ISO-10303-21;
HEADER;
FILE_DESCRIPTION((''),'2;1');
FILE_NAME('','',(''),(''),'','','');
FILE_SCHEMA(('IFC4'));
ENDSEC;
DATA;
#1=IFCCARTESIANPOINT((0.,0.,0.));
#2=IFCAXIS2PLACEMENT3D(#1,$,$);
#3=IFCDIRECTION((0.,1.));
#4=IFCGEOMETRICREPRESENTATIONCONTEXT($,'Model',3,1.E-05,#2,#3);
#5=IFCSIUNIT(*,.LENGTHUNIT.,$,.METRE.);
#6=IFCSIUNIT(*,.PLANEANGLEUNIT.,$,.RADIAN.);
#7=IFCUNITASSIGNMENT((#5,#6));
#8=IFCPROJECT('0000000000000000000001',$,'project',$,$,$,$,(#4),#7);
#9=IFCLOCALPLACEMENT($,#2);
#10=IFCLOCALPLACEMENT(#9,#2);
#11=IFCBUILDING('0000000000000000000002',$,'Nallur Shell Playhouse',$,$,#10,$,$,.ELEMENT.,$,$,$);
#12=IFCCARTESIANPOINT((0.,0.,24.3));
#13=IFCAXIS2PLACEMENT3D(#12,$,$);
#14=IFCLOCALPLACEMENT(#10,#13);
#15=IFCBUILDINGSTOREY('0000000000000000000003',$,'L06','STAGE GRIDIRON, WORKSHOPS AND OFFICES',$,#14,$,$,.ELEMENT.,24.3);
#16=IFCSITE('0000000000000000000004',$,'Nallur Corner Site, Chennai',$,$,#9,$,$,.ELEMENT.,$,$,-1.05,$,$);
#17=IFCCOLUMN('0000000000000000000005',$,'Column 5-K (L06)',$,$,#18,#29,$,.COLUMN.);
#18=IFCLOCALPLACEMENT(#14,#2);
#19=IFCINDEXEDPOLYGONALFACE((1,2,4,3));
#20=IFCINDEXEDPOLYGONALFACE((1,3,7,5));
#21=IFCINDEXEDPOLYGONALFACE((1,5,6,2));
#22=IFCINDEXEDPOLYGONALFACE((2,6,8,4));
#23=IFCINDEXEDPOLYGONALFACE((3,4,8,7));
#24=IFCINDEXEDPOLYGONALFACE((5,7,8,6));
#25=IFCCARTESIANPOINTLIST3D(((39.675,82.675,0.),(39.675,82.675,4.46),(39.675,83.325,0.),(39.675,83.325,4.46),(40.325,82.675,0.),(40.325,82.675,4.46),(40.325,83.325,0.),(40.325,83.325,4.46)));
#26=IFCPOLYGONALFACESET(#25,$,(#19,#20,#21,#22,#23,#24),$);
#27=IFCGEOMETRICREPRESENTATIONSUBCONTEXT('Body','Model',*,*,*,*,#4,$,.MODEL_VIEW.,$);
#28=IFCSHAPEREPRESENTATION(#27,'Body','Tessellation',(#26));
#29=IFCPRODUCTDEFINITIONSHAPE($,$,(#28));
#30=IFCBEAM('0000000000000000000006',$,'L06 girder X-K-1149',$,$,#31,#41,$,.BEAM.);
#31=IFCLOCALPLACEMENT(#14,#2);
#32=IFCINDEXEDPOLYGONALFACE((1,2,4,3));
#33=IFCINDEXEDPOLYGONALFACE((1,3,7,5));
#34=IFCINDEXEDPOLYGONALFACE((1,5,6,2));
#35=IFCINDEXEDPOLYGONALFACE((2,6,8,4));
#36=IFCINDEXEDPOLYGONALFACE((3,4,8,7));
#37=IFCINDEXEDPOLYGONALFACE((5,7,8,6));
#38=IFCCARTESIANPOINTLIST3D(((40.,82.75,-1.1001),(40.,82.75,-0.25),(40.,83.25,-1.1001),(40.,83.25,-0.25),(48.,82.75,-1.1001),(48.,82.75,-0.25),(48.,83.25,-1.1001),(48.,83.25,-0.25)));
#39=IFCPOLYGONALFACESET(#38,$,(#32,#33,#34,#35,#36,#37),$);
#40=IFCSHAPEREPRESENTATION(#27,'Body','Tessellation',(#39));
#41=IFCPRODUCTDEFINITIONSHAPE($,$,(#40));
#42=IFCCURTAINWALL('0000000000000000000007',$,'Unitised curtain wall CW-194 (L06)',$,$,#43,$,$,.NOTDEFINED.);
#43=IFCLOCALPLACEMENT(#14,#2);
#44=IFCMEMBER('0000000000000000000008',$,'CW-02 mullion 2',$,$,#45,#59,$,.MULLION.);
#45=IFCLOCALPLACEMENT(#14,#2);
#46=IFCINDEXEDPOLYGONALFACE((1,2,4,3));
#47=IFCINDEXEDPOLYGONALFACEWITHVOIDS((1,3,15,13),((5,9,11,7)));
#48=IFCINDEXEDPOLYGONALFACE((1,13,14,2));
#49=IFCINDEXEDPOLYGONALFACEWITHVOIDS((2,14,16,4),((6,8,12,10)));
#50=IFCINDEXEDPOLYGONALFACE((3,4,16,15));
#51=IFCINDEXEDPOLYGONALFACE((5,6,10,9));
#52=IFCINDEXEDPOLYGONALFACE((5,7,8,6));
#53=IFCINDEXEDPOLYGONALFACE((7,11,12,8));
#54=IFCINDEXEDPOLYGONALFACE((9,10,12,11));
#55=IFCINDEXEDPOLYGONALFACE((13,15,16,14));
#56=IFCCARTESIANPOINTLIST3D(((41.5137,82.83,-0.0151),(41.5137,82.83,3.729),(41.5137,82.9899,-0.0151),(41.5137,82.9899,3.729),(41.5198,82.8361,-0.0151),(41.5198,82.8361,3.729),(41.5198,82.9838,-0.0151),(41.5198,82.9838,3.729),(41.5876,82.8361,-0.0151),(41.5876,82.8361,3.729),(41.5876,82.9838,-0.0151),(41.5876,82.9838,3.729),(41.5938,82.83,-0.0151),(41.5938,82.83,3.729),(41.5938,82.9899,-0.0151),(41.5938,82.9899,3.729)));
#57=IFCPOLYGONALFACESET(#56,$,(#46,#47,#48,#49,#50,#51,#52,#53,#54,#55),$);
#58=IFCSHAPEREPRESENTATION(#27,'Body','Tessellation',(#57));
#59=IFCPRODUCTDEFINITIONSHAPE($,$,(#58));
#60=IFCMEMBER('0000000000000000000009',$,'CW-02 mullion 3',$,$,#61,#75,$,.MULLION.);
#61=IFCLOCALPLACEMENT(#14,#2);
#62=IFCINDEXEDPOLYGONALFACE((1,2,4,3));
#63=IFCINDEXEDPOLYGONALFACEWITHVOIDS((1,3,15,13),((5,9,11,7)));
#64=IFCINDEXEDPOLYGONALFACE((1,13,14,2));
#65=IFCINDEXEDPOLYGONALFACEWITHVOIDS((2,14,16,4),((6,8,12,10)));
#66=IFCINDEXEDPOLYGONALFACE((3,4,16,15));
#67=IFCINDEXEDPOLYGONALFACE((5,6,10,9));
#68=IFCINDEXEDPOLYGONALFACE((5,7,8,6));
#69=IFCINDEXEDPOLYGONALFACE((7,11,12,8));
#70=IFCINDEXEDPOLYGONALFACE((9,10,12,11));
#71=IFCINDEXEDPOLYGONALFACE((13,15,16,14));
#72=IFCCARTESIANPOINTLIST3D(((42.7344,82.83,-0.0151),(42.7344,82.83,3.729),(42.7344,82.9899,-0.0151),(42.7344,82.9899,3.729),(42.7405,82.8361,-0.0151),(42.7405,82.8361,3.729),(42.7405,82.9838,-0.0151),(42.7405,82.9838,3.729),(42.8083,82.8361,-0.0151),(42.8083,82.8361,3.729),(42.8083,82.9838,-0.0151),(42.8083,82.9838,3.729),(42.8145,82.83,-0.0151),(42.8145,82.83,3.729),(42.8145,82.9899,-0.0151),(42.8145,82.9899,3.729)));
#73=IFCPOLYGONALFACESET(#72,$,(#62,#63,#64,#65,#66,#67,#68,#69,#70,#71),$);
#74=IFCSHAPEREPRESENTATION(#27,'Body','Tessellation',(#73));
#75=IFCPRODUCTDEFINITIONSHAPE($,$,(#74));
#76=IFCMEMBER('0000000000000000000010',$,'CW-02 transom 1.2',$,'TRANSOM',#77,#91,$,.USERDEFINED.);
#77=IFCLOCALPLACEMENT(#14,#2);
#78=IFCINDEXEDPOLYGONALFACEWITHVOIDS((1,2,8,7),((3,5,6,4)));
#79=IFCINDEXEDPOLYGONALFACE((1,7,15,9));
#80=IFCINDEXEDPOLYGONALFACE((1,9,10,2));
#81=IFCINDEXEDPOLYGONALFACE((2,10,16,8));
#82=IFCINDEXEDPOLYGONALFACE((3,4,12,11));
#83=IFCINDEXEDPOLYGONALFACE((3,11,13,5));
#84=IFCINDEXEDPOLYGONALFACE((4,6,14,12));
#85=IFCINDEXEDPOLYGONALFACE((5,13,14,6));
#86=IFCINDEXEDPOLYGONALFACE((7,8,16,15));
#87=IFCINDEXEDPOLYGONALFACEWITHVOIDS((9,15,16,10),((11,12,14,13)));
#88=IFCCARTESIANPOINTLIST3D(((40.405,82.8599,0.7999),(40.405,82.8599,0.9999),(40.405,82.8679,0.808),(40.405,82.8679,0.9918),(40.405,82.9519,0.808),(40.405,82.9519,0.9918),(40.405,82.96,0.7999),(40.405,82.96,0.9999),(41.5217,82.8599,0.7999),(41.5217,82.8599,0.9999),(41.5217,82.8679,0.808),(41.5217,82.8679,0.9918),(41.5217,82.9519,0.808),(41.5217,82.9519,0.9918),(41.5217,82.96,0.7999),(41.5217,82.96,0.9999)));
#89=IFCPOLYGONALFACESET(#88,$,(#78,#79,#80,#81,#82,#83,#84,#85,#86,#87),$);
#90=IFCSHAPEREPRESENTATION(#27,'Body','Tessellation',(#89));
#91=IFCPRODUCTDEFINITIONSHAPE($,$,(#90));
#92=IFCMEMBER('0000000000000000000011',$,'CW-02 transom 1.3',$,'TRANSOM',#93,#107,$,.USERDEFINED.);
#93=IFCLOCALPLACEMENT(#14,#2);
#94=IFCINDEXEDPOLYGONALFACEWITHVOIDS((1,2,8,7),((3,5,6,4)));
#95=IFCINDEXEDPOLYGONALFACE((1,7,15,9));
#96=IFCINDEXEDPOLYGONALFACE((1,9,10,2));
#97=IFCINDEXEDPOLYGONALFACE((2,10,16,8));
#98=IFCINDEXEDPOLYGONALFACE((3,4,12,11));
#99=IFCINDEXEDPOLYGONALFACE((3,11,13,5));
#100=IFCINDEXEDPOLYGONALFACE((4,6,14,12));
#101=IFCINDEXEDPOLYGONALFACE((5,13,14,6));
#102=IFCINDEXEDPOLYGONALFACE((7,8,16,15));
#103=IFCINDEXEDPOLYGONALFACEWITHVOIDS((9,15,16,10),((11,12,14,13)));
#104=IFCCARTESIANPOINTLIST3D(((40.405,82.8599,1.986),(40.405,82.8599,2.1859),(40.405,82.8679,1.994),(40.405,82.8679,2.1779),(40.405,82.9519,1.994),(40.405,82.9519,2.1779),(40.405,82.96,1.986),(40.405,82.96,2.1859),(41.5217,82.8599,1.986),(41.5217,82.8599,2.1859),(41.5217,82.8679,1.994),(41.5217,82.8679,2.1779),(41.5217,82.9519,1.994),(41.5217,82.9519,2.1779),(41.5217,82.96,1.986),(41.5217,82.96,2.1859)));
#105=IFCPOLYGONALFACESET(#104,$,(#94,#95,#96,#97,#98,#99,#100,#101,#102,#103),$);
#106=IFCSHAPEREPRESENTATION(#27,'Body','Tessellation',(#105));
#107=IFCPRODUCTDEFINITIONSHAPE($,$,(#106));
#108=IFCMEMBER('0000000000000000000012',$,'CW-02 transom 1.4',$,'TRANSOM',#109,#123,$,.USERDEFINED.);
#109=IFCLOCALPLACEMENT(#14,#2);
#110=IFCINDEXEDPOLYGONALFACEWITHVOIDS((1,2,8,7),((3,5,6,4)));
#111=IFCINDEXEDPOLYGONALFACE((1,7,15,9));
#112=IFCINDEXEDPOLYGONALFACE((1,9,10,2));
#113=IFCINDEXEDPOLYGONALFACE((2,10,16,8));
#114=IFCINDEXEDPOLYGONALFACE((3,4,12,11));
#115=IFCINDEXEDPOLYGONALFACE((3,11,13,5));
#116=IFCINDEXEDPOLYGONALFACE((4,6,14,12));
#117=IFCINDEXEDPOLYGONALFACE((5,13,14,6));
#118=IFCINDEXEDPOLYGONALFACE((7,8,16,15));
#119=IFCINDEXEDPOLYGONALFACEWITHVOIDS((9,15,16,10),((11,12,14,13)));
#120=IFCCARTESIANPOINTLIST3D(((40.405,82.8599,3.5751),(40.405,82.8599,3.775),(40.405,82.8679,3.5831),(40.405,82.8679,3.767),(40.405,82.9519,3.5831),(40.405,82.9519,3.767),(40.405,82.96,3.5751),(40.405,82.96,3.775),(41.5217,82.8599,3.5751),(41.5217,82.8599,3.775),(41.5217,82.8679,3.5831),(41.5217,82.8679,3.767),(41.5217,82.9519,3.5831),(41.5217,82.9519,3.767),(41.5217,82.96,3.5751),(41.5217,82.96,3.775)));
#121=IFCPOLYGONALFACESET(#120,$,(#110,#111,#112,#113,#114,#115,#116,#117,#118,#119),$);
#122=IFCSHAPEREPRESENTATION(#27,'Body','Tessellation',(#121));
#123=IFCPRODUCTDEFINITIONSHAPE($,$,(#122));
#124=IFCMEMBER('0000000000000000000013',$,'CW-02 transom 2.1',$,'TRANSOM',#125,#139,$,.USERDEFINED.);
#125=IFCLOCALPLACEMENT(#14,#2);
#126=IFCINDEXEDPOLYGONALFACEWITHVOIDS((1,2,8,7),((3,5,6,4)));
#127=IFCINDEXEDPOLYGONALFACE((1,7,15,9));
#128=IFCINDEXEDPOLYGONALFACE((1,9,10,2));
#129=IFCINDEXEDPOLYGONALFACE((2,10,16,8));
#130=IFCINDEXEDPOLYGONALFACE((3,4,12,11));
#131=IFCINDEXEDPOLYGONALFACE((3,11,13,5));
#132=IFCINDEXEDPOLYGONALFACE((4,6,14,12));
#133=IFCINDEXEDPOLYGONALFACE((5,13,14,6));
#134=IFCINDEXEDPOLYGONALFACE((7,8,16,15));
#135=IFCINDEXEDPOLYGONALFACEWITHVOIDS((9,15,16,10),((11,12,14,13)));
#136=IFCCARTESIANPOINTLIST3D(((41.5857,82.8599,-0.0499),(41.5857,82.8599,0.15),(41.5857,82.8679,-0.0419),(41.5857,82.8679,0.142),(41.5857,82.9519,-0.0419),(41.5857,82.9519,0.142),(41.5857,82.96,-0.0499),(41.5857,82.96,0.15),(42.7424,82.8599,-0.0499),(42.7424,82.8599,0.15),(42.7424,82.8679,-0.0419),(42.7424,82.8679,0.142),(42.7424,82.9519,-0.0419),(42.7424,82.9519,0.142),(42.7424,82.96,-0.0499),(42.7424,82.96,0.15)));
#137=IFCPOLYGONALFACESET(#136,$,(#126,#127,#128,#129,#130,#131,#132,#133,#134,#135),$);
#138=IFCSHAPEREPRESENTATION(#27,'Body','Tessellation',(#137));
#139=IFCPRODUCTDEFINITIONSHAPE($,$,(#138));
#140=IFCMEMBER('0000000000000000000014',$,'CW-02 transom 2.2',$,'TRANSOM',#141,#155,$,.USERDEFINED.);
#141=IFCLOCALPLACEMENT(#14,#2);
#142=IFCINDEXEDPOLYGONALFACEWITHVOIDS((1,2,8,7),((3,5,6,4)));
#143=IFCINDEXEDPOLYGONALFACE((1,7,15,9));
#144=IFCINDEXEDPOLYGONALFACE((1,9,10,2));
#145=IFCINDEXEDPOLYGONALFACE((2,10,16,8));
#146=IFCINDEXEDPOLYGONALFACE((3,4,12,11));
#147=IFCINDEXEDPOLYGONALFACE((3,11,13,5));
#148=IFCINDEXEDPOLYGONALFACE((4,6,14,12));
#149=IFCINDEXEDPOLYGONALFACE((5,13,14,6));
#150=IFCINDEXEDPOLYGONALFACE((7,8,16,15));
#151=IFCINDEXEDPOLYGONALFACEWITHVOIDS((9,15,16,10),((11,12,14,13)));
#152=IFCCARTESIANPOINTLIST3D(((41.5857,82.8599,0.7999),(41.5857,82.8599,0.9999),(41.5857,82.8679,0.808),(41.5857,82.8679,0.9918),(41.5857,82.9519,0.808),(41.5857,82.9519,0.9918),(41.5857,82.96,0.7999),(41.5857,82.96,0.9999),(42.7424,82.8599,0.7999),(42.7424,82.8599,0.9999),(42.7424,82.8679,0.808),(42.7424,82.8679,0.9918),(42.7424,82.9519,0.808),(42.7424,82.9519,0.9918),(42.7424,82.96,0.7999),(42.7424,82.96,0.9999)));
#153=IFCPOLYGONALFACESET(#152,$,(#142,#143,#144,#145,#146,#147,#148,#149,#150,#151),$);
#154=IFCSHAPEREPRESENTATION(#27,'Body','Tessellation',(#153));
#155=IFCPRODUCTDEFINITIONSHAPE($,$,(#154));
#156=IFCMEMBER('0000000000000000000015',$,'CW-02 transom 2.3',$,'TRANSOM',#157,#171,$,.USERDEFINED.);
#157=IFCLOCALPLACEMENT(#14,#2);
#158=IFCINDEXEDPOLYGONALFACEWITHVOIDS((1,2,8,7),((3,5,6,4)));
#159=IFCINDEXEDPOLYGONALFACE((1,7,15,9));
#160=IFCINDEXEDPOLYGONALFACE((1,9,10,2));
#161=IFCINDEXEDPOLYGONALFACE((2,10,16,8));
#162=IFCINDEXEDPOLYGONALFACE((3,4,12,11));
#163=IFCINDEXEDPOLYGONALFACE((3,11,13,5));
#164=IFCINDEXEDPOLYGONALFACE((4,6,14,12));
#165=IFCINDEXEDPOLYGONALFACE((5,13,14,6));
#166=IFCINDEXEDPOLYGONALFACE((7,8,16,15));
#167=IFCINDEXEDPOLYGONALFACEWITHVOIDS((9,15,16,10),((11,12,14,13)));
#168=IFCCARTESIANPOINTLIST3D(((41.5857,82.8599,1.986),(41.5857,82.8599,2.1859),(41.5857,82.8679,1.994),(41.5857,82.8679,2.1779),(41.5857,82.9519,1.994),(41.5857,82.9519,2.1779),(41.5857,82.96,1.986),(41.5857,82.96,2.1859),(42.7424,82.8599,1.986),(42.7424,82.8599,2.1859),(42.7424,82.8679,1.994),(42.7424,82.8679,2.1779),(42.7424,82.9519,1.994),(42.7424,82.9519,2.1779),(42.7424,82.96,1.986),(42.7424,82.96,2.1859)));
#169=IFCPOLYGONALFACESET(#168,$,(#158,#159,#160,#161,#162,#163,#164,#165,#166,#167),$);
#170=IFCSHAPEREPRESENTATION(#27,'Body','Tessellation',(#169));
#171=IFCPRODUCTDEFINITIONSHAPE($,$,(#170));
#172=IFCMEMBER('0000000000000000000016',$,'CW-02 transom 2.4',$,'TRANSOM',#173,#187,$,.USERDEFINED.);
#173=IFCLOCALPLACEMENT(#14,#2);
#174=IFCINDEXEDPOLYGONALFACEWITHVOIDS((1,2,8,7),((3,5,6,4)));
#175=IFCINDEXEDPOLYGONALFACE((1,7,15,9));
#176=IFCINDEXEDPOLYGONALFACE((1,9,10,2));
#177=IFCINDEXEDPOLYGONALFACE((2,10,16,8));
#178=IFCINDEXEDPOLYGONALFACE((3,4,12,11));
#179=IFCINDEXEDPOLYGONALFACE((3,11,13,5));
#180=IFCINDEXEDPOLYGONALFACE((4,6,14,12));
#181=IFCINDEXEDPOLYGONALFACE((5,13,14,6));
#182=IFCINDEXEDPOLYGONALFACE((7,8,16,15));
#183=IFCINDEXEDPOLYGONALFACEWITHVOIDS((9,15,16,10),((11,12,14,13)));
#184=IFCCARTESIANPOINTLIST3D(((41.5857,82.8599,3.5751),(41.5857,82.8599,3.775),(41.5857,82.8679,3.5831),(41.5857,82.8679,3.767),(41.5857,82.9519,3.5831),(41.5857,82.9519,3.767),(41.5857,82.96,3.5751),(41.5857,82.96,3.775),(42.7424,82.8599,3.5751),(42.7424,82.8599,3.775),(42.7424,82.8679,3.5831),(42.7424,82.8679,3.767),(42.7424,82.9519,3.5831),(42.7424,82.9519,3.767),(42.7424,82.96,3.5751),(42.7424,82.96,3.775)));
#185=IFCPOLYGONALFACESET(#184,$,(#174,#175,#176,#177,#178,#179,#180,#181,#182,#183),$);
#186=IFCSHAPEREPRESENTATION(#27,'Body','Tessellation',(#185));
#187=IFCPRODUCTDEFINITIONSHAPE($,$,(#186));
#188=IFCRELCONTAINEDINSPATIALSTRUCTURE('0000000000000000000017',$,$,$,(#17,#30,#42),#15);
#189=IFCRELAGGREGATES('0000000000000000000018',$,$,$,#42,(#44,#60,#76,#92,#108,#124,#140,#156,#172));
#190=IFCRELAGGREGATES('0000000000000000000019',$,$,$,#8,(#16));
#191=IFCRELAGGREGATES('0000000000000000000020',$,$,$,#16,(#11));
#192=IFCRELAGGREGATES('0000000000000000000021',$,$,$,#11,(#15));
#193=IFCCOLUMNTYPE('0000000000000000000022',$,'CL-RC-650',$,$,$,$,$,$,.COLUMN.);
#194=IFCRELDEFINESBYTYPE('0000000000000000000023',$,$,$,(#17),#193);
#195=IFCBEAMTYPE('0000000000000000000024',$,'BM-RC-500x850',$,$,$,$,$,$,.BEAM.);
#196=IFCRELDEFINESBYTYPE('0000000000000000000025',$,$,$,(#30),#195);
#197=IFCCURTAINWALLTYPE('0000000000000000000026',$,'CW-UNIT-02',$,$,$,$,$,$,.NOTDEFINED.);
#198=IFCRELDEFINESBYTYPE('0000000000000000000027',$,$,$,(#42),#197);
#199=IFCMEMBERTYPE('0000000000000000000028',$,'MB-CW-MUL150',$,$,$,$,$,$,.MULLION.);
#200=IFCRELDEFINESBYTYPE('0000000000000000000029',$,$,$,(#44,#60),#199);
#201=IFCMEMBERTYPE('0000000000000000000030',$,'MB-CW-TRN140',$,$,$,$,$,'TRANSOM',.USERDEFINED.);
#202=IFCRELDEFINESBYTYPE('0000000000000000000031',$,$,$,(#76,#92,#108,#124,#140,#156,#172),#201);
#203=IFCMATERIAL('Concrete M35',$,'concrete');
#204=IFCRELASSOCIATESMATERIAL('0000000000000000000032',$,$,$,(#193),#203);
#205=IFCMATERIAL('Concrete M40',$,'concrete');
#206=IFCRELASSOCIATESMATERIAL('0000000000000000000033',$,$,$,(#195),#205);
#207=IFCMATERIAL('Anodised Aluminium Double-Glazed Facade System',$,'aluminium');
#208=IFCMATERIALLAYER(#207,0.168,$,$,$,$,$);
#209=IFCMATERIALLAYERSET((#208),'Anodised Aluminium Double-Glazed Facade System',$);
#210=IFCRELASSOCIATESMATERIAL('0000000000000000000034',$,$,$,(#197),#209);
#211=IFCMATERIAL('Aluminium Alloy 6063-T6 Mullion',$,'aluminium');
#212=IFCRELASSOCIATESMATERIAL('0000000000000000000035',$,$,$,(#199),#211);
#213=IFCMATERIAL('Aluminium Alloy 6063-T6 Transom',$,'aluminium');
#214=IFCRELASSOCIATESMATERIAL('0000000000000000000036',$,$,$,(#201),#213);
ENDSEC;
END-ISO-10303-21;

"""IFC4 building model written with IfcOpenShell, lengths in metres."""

from ifc_helpers import new_model, si_unit, direction, frame, origin, origin_2d, place, context, subcontext, project, spatial, rectangle, hollow_rectangle, extrude, material, layer, layer_set, material_profile, profile_set, type_object, element, aggregate, save


model = new_model("IFC4")

# Units and contexts
model_context = context("Model", 3, precision=1e-05, world=origin(), true_north=direction((0.0, 1.0)))
body_context = subcontext(model_context, "Body", "Model", "MODEL_VIEW")
ifc_project = project(units=[si_unit("LENGTHUNIT", "METRE"), si_unit("PLANEANGLEUNIT", "RADIAN")], contexts=[model_context])

# Site, building, storey
site_placement = place(None, origin())
site = spatial("IfcSite", under=ifc_project, at=site_placement, Name="Nallur Corner Site, Chennai", CompositionType="ELEMENT", RefElevation=-1.05)
building_placement = place(site_placement, origin())
building = spatial("IfcBuilding", under=site, at=building_placement, Name="Nallur Shell Playhouse", CompositionType="ELEMENT")
storey_placement = place(building_placement, frame((0.0, 0.0, 24.3)))
storey = spatial("IfcBuildingStorey", under=building, at=storey_placement, Name="L06", Description="STAGE GRIDIRON, WORKSHOPS AND OFFICES", CompositionType="ELEMENT", Elevation=24.3)

# Column
ifc_material_1 = material(Name="Concrete M35", Category="concrete")
ifc_material_profile_1 = material_profile(ifc_material_1, rectangle(XDim=0.6499, YDim=0.6499, at=origin_2d()), Name="RC 650x650")
ifc_profile_set_1 = profile_set([ifc_material_profile_1], Name="Concrete M35")
column_type = type_object("IfcColumnType", Name="CL-RC-650", PredefinedType="COLUMN", material=ifc_profile_set_1)
column_placement = place(storey_placement, frame((40.0, 83.0, 0.0), z_axis=(0.0, 0.0, 1.0), x_axis=(1.0, 0.0, 0.0)))
element("IfcColumn", 1, at=column_placement, inside=storey, type_object=column_type, Name="Column 5-K (L06)", PredefinedType="COLUMN", context=body_context, shape_type="SweptSolid", body=[
    extrude(rectangle(XDim=0.6499, YDim=0.6499, at=origin_2d()), origin(), (0.0, 0.0, 1.0), 4.46),
])

# Beam
ifc_material_2 = material(Name="Concrete M40", Category="concrete")
ifc_material_profile_2 = material_profile(ifc_material_2, rectangle(XDim=0.5, YDim=0.8501, at=origin_2d()), Name="RC 500x850")
ifc_profile_set_2 = profile_set([ifc_material_profile_2], Name="Concrete M40")
beam_type = type_object("IfcBeamType", Name="BM-RC-500x850", PredefinedType="BEAM", material=ifc_profile_set_2)
beam_placement = place(storey_placement, frame((40.0, 83.0, -0.675), z_axis=(1.0, 0.0, 0.0), x_axis=(0.0, 1.0, 0.0)))
element("IfcBeam", 2, at=beam_placement, inside=storey, type_object=beam_type, Name="L06 girder X-K-1149", PredefinedType="BEAM", context=body_context, shape_type="SweptSolid", body=[
    extrude(rectangle(XDim=0.5, YDim=0.8501, at=origin_2d()), origin(), (0.0, 0.0, 1.0), 8.0),
])

# Curtain wall, members
ifc_material_3 = material(Name="Anodised Aluminium Double-Glazed Facade System", Category="aluminium")
ifc_layer_1 = layer(ifc_material_3, 0.168)
ifc_layer_set_1 = layer_set([ifc_layer_1], Name="Anodised Aluminium Double-Glazed Facade System")
curtain_wall_type = type_object("IfcCurtainWallType", Name="CW-UNIT-02", PredefinedType="NOTDEFINED", material=ifc_layer_set_1)
curtain_wall_placement = place(storey_placement, origin())
curtain_wall = element("IfcCurtainWall", 3, at=curtain_wall_placement, inside=storey, type_object=curtain_wall_type, Name="Unitised curtain wall CW-194 (L06)", PredefinedType="NOTDEFINED")
ifc_material_4 = material(Name="Aluminium Alloy 6063-T6 Mullion", Category="aluminium")
ifc_material_profile_3 = material_profile(ifc_material_4, hollow_rectangle(XDim=0.0801, YDim=0.1599, WallThickness=0.0061, at=origin_2d()), Name="RHS 160x80x6")
ifc_profile_set_3 = profile_set([ifc_material_profile_3], Name="Aluminium Alloy 6063-T6 Mullion")
member_type_1 = type_object("IfcMemberType", Name="MB-CW-MUL150", PredefinedType="MULLION", material=ifc_profile_set_3)
member_1_placement = place(storey_placement, frame((41.5537, 82.9099, -0.0151), z_axis=(0.0, 0.0, 1.0), x_axis=(1.0, 0.0, 0.0)))
member_1 = element("IfcMember", 4, at=member_1_placement, type_object=member_type_1, Name="CW-02 mullion 2", PredefinedType="MULLION", context=body_context, shape_type="SweptSolid", body=[
    extrude(hollow_rectangle(XDim=0.0801, YDim=0.1599, WallThickness=0.0061, at=origin_2d()), origin(), (0.0, 0.0, 1.0), 3.7441),
])
member_2_placement = place(storey_placement, frame((42.7744, 82.9099, -0.0151), z_axis=(0.0, 0.0, 1.0), x_axis=(1.0, 0.0, 0.0)))
member_2 = element("IfcMember", 5, at=member_2_placement, type_object=member_type_1, Name="CW-02 mullion 3", PredefinedType="MULLION", context=body_context, shape_type="SweptSolid", body=[
    extrude(hollow_rectangle(XDim=0.0801, YDim=0.1599, WallThickness=0.0061, at=origin_2d()), origin(), (0.0, 0.0, 1.0), 3.7441),
])
ifc_material_5 = material(Name="Aluminium Alloy 6063-T6 Transom", Category="aluminium")
ifc_material_profile_4 = material_profile(ifc_material_5, hollow_rectangle(XDim=0.1001, YDim=0.2, WallThickness=0.0081, at=origin_2d()), Name="RHS 200x100x8")
ifc_profile_set_4 = profile_set([ifc_material_profile_4], Name="Aluminium Alloy 6063-T6 Transom")
member_type_2 = type_object("IfcMemberType", Name="MB-CW-TRN140", ElementType="TRANSOM", PredefinedType="USERDEFINED", material=ifc_profile_set_4)
member_3_placement = place(storey_placement, frame((40.405, 82.9099, 0.8999), z_axis=(1.0, 0.0, 0.0), x_axis=(0.0, 1.0, 0.0)))
member_3 = element("IfcMember", 6, at=member_3_placement, type_object=member_type_2, Name="CW-02 transom 1.2", ObjectType="TRANSOM", PredefinedType="USERDEFINED", context=body_context, shape_type="SweptSolid", body=[
    extrude(hollow_rectangle(XDim=0.1001, YDim=0.2, WallThickness=0.0081, at=origin_2d()), origin(), (0.0, 0.0, 1.0), 1.1167),
])
member_4_placement = place(storey_placement, frame((40.405, 82.9099, 2.0859), z_axis=(1.0, 0.0, 0.0), x_axis=(0.0, 1.0, 0.0)))
member_4 = element("IfcMember", 7, at=member_4_placement, type_object=member_type_2, Name="CW-02 transom 1.3", ObjectType="TRANSOM", PredefinedType="USERDEFINED", context=body_context, shape_type="SweptSolid", body=[
    extrude(hollow_rectangle(XDim=0.1001, YDim=0.2, WallThickness=0.0081, at=origin_2d()), origin(), (0.0, 0.0, 1.0), 1.1167),
])
member_5_placement = place(storey_placement, frame((40.405, 82.9099, 3.675), z_axis=(1.0, 0.0, 0.0), x_axis=(0.0, 1.0, 0.0)))
member_5 = element("IfcMember", 8, at=member_5_placement, type_object=member_type_2, Name="CW-02 transom 1.4", ObjectType="TRANSOM", PredefinedType="USERDEFINED", context=body_context, shape_type="SweptSolid", body=[
    extrude(hollow_rectangle(XDim=0.1001, YDim=0.2, WallThickness=0.0081, at=origin_2d()), origin(), (0.0, 0.0, 1.0), 1.1167),
])
member_6_placement = place(storey_placement, frame((41.5857, 82.9099, 0.05), z_axis=(1.0, 0.0, 0.0), x_axis=(0.0, 1.0, 0.0)))
member_6 = element("IfcMember", 9, at=member_6_placement, type_object=member_type_2, Name="CW-02 transom 2.1", ObjectType="TRANSOM", PredefinedType="USERDEFINED", context=body_context, shape_type="SweptSolid", body=[
    extrude(hollow_rectangle(XDim=0.1001, YDim=0.2, WallThickness=0.0081, at=origin_2d()), origin(), (0.0, 0.0, 1.0), 1.1567),
])
member_7_placement = place(storey_placement, frame((41.5857, 82.9099, 0.8999), z_axis=(1.0, 0.0, 0.0), x_axis=(0.0, 1.0, 0.0)))
member_7 = element("IfcMember", 10, at=member_7_placement, type_object=member_type_2, Name="CW-02 transom 2.2", ObjectType="TRANSOM", PredefinedType="USERDEFINED", context=body_context, shape_type="SweptSolid", body=[
    extrude(hollow_rectangle(XDim=0.1001, YDim=0.2, WallThickness=0.0081, at=origin_2d()), origin(), (0.0, 0.0, 1.0), 1.1567),
])
member_8_placement = place(storey_placement, frame((41.5857, 82.9099, 2.0859), z_axis=(1.0, 0.0, 0.0), x_axis=(0.0, 1.0, 0.0)))
member_8 = element("IfcMember", 11, at=member_8_placement, type_object=member_type_2, Name="CW-02 transom 2.3", ObjectType="TRANSOM", PredefinedType="USERDEFINED", context=body_context, shape_type="SweptSolid", body=[
    extrude(hollow_rectangle(XDim=0.1001, YDim=0.2, WallThickness=0.0081, at=origin_2d()), origin(), (0.0, 0.0, 1.0), 1.1567),
])
member_9_placement = place(storey_placement, frame((41.5857, 82.9099, 3.675), z_axis=(1.0, 0.0, 0.0), x_axis=(0.0, 1.0, 0.0)))
member_9 = element("IfcMember", 12, at=member_9_placement, type_object=member_type_2, Name="CW-02 transom 2.4", ObjectType="TRANSOM", PredefinedType="USERDEFINED", context=body_context, shape_type="SweptSolid", body=[
    extrude(hollow_rectangle(XDim=0.1001, YDim=0.2, WallThickness=0.0081, at=origin_2d()), origin(), (0.0, 0.0, 1.0), 1.1567),
])
aggregate(curtain_wall, [member_1, member_2, member_3, member_4, member_5, member_6, member_7, member_8, member_9])

save(model, "model.ifc")
